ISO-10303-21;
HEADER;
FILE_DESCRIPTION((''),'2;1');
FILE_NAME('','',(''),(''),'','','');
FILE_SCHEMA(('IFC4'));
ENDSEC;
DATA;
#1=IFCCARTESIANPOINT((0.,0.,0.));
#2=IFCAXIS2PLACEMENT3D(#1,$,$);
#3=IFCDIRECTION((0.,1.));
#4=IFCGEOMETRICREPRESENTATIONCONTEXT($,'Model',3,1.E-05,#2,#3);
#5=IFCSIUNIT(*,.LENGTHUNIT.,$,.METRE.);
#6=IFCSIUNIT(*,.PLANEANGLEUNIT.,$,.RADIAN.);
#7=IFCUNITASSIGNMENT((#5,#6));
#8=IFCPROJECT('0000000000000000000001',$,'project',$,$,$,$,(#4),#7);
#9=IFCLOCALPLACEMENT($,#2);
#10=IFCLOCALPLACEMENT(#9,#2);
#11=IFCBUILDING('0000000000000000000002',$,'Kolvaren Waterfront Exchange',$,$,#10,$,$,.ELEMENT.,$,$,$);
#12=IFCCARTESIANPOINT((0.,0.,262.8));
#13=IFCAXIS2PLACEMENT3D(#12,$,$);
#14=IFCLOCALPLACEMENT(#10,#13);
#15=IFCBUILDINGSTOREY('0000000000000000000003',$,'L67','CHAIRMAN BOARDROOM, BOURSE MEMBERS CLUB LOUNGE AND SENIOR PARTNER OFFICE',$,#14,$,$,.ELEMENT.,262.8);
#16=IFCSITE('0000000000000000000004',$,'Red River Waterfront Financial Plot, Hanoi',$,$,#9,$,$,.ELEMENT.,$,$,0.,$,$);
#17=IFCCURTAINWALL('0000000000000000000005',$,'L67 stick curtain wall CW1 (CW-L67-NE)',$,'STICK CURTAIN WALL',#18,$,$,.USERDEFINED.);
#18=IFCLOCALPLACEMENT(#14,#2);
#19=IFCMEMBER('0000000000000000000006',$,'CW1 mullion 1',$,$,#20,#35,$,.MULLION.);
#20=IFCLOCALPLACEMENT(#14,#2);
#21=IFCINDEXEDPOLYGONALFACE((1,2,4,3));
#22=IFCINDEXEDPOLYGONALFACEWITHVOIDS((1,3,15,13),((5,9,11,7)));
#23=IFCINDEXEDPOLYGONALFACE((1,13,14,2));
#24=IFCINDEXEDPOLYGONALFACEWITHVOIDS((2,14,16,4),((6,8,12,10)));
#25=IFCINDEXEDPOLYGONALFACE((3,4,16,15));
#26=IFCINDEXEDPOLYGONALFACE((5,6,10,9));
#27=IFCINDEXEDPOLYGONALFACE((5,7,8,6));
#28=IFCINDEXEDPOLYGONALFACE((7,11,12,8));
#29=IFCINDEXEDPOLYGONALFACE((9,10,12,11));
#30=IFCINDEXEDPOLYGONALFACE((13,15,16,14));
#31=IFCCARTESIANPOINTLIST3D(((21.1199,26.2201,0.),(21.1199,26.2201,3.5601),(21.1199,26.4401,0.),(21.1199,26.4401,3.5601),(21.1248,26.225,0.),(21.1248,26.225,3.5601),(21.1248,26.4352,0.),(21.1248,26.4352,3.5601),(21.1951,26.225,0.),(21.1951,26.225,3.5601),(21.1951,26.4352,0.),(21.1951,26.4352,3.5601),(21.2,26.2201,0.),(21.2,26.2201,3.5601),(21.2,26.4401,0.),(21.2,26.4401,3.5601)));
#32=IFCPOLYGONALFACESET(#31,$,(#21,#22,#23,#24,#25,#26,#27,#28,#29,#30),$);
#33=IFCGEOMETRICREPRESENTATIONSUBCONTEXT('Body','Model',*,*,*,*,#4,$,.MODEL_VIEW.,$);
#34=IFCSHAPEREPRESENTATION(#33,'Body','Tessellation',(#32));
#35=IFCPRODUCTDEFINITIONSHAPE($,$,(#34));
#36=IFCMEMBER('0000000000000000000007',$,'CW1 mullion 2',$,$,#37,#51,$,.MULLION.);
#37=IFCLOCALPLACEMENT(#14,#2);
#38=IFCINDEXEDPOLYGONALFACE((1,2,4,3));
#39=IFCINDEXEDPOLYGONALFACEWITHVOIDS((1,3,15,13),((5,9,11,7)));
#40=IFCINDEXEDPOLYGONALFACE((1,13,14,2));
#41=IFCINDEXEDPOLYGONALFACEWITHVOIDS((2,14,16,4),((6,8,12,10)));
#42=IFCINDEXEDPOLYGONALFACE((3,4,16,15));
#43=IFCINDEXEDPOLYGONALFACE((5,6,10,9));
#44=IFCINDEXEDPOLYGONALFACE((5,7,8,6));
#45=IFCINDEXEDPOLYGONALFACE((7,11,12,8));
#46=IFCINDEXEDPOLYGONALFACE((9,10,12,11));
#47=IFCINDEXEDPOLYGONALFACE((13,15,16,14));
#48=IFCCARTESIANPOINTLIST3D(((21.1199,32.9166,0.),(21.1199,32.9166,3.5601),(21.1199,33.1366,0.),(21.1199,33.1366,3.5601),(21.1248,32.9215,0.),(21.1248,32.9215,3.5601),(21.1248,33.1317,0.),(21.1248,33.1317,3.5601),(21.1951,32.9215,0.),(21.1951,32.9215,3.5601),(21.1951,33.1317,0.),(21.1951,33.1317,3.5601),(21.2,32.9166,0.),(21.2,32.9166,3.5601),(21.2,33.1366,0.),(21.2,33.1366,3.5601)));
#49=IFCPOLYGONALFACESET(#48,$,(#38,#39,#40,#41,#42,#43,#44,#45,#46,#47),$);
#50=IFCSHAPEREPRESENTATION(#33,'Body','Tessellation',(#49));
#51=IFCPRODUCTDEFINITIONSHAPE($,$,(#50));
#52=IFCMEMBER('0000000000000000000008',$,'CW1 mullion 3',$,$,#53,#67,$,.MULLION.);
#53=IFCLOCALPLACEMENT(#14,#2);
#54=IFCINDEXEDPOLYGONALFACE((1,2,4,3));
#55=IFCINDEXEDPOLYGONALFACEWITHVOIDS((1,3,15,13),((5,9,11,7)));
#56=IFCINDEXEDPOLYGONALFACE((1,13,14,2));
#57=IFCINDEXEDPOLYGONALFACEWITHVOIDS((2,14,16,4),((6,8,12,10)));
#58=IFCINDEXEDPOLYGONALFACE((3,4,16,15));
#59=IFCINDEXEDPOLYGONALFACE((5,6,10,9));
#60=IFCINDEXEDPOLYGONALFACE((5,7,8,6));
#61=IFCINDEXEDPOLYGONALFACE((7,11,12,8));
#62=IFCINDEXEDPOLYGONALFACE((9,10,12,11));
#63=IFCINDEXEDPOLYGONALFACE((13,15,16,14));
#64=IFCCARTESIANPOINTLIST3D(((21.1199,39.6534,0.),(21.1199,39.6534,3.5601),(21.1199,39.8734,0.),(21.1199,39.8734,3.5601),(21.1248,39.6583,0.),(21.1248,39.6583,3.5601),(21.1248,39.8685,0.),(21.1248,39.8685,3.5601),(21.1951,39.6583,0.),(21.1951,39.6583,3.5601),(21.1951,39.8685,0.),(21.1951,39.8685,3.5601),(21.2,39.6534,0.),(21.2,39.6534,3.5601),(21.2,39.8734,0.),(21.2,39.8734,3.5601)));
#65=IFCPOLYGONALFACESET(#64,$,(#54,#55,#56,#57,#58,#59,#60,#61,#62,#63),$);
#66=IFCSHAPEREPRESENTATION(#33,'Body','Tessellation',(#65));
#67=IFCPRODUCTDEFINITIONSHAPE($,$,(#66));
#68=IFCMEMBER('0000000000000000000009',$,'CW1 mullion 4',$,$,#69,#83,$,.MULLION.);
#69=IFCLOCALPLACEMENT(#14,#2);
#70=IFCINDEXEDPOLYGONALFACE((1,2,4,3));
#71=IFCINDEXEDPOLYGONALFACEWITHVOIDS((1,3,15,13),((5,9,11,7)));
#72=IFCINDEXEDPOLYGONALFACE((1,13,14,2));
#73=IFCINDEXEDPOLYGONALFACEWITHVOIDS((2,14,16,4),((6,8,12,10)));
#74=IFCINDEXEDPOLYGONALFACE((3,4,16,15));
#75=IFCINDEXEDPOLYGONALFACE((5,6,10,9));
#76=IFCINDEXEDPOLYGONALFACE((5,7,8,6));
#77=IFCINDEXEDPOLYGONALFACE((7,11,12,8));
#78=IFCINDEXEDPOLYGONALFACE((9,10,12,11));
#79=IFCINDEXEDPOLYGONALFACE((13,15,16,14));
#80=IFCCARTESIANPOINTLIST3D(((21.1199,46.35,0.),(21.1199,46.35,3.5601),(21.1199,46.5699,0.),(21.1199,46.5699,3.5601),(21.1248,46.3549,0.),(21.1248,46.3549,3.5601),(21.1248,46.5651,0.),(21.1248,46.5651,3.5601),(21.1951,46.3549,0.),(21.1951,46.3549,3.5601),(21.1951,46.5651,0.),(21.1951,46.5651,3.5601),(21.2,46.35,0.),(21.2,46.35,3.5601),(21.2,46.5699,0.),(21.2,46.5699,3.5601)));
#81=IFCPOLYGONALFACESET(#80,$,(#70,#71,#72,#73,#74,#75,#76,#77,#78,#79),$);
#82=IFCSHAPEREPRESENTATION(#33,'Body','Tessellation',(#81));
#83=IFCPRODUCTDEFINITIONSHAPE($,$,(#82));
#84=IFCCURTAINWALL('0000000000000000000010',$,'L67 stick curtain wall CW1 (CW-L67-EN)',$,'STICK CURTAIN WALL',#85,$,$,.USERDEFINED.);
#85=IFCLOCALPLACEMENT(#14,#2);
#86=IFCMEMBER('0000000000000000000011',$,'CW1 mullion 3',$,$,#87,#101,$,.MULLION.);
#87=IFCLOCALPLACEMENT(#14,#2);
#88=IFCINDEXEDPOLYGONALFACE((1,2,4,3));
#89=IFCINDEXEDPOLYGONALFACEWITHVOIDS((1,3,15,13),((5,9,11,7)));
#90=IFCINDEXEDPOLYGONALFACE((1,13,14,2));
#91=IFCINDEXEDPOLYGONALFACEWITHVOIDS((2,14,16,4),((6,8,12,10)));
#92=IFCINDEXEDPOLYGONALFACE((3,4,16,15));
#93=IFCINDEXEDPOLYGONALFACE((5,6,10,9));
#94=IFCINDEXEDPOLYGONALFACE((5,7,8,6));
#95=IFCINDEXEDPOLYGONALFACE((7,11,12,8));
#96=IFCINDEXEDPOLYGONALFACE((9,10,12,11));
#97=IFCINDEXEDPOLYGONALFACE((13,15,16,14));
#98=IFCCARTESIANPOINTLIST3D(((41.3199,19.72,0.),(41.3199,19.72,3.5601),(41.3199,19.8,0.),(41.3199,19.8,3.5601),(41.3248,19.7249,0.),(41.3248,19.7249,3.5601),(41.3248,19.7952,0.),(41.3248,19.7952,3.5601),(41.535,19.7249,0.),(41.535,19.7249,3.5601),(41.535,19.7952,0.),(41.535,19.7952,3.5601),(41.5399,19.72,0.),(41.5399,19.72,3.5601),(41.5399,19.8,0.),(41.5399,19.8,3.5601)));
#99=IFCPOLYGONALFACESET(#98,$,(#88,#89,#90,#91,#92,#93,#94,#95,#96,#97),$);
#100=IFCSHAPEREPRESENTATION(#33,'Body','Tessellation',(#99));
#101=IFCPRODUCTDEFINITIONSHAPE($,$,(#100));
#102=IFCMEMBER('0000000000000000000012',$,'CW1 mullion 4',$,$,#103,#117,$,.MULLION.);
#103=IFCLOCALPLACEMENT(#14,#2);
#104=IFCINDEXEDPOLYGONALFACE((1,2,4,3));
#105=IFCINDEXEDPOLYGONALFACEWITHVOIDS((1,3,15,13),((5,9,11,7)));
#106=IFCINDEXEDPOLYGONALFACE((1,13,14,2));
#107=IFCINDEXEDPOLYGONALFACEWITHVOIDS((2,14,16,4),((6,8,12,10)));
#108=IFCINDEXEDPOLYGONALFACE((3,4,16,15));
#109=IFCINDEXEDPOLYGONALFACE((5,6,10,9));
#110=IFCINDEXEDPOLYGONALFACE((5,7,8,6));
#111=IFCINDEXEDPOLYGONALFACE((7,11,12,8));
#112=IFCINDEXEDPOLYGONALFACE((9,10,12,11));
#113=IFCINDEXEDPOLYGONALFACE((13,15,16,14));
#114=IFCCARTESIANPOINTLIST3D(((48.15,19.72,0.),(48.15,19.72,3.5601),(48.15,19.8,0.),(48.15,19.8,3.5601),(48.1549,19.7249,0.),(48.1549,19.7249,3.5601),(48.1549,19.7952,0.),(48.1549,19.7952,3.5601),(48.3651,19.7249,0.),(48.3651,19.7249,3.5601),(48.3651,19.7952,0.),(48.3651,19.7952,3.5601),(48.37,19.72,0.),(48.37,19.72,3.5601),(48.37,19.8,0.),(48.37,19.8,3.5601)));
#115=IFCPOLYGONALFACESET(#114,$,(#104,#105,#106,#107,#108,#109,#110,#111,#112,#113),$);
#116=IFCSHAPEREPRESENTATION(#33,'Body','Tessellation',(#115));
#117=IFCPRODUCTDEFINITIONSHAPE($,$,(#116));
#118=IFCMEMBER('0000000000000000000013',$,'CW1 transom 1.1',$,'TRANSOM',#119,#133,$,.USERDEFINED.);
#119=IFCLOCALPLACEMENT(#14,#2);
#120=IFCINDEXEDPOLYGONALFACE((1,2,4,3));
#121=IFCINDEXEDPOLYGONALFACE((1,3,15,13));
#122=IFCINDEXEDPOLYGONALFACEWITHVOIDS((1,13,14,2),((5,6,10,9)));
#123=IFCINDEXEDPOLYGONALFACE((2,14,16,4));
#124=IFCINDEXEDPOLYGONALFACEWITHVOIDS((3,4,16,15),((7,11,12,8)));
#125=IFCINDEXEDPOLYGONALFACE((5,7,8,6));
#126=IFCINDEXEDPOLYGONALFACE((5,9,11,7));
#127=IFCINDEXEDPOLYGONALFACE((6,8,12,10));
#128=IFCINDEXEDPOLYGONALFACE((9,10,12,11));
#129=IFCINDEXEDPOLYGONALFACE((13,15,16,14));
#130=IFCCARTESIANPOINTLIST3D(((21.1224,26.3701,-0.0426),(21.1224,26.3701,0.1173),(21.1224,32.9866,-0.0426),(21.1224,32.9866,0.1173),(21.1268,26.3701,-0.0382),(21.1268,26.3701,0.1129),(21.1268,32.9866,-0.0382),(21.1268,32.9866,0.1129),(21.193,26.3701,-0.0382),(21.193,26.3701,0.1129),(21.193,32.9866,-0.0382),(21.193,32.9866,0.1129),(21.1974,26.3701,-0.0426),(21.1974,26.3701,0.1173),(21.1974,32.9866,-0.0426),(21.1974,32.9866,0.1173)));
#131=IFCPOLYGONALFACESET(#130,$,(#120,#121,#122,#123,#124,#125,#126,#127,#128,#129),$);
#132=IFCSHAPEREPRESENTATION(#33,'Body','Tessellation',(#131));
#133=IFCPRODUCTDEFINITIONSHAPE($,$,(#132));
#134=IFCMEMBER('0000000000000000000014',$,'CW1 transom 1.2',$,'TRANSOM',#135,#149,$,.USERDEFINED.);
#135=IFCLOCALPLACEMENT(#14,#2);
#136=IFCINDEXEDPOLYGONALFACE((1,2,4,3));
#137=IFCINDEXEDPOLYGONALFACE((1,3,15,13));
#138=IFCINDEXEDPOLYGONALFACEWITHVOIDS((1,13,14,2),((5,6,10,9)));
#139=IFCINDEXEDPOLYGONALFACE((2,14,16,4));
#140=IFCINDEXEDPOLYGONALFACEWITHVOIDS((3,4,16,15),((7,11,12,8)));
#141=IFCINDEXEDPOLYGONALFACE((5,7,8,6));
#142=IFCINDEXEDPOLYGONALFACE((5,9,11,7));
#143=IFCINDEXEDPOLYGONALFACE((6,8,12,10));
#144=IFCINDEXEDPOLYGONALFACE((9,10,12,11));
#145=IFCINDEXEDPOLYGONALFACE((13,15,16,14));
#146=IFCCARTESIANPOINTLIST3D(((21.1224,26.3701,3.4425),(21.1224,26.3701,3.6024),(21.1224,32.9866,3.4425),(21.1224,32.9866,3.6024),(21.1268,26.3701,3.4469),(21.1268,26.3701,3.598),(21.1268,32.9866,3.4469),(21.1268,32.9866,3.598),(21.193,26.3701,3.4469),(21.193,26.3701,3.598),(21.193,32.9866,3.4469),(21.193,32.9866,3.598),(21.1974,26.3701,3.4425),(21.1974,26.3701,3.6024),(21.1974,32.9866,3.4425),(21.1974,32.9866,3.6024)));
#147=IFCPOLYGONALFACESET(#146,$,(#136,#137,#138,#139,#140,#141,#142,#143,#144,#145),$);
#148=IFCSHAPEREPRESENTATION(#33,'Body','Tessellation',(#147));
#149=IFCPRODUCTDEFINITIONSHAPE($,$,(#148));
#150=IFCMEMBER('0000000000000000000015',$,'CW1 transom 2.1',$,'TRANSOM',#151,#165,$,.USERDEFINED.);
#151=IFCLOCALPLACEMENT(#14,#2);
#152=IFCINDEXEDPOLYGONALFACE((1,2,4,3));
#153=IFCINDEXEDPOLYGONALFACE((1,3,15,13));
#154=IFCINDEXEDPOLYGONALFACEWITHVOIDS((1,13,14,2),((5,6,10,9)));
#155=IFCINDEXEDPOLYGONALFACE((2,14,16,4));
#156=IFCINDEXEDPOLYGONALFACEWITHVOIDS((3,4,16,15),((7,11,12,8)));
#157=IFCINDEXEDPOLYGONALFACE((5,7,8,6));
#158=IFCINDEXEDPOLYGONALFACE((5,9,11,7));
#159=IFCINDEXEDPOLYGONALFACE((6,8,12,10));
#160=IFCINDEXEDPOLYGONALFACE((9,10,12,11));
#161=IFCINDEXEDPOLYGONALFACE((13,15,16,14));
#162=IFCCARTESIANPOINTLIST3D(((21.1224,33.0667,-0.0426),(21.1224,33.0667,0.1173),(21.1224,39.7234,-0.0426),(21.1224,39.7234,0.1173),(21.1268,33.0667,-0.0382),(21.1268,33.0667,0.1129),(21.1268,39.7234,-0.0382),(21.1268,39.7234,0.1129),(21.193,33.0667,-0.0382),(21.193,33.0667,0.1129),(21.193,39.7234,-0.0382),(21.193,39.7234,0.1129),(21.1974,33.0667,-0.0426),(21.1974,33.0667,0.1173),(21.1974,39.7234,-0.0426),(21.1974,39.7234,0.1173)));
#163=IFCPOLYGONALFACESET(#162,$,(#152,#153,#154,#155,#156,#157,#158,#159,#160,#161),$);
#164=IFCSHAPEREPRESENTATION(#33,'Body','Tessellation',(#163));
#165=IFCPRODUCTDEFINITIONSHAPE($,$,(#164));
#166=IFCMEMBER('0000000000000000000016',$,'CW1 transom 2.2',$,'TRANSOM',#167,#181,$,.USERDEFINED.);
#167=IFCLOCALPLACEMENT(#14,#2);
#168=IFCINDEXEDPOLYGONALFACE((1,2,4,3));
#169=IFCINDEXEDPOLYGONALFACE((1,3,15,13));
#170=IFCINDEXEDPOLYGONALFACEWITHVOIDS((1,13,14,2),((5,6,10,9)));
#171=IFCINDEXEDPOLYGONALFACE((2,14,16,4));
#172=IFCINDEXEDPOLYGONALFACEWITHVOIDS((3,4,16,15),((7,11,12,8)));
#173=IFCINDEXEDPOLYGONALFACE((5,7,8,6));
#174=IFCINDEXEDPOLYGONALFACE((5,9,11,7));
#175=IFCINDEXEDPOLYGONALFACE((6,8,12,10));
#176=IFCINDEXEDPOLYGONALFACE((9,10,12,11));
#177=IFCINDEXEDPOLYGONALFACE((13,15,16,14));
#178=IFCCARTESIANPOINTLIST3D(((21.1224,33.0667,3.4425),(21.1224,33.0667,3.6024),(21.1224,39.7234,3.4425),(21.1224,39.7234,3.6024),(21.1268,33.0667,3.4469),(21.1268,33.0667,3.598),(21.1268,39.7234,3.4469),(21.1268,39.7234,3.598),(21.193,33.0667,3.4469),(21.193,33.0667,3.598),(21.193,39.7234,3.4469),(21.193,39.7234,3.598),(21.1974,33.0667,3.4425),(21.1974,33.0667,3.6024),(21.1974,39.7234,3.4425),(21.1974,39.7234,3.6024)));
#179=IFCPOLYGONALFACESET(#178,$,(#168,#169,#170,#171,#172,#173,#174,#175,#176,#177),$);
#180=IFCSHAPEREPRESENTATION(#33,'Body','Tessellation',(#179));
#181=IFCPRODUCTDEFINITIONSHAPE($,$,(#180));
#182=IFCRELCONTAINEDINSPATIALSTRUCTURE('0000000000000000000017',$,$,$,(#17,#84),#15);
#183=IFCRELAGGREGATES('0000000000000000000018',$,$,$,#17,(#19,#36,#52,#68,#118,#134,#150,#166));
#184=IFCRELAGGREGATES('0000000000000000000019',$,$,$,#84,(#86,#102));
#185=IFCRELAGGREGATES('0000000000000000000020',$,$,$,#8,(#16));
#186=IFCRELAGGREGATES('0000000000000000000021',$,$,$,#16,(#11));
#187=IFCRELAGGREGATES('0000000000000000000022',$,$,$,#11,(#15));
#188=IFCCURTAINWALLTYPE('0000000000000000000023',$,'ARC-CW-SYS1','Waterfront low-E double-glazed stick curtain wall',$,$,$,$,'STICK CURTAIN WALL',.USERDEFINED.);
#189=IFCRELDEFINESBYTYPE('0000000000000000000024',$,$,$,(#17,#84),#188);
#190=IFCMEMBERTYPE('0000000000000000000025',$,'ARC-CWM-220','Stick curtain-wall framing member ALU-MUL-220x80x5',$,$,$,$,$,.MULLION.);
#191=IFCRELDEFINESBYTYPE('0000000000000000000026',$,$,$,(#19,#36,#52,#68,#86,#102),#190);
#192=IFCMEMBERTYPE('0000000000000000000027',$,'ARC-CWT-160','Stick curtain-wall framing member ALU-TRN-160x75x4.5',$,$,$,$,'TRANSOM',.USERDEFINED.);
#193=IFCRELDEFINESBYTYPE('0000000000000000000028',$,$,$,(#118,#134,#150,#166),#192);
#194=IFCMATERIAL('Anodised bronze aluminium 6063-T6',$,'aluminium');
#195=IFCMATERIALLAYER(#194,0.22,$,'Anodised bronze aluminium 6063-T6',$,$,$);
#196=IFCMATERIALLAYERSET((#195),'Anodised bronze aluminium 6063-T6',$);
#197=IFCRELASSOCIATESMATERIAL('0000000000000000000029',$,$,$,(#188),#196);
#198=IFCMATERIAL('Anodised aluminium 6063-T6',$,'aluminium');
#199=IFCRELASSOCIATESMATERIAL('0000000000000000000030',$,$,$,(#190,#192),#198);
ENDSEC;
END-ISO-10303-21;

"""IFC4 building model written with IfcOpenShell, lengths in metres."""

from ifc_helpers import new_model, si_unit, direction, frame, origin, origin_with_axes, origin_2d, place, context, subcontext, project, spatial, hollow_rectangle, extrude, source, transform, mapped, material, layer, layer_set, material_profile, profile_set, type_object, element, aggregate, save


model = new_model("IFC4")

# Units and contexts
model_context = context("Model", 3, precision=1e-05, world=origin(), true_north=direction((0.0, 1.0)))
body_context = subcontext(model_context, "Body", "Model", "MODEL_VIEW")
ifc_project = project(units=[si_unit("LENGTHUNIT", "METRE"), si_unit("PLANEANGLEUNIT", "RADIAN")], contexts=[model_context])

# Site, building, storey
site_placement = place(None, origin())
site = spatial("IfcSite", under=ifc_project, at=site_placement, Name="Red River Waterfront Financial Plot, Hanoi", CompositionType="ELEMENT", RefElevation=0.0)
building_placement = place(site_placement, origin())
building = spatial("IfcBuilding", under=site, at=building_placement, Name="Kolvaren Waterfront Exchange", CompositionType="ELEMENT")
storey_placement = place(building_placement, frame((0.0, 0.0, 262.8)))
storey = spatial("IfcBuildingStorey", under=building, at=storey_placement, Name="L67", Description="CHAIRMAN BOARDROOM, BOURSE MEMBERS CLUB LOUNGE AND SENIOR PARTNER OFFICE", CompositionType="ELEMENT", Elevation=262.8)

# Curtain walls, members
ifc_material_1 = material(Name="Anodised bronze aluminium 6063-T6", Category="aluminium")
ifc_layer_1 = layer(ifc_material_1, 0.22, Name="Anodised bronze aluminium 6063-T6")
ifc_layer_set_1 = layer_set([ifc_layer_1], Name="Anodised bronze aluminium 6063-T6")
curtain_wall_type = type_object("IfcCurtainWallType", Name="ARC-CW-SYS1", Description="Waterfront low-E double-glazed stick curtain wall", ElementType="STICK CURTAIN WALL", PredefinedType="USERDEFINED", material=ifc_layer_set_1)
curtain_wall_1_placement = place(storey_placement, origin())
curtain_wall_1 = element("IfcCurtainWall", 1, at=curtain_wall_1_placement, inside=storey, type_object=curtain_wall_type, Name="L67 stick curtain wall CW1 (CW-L67-NE)", ObjectType="STICK CURTAIN WALL", PredefinedType="USERDEFINED")
ifc_material_2 = material(Name="Anodised aluminium 6063-T6", Category="aluminium")
ifc_material_profile_1 = material_profile(ifc_material_2, hollow_rectangle(XDim=0.0801, YDim=0.22, WallThickness=0.0049, at=origin_2d()), Name="ALU-MUL-220x80x5")
ifc_profile_set_1 = profile_set([ifc_material_profile_1], Name="Anodised aluminium 6063-T6")
member_type_1 = type_object("IfcMemberType", Name="ARC-CWM-220", Description="Stick curtain-wall framing member ALU-MUL-220x80x5", PredefinedType="MULLION", material=ifc_profile_set_1)
shared_shape_1 = source(origin_with_axes(), body_context, "Body", "SweptSolid", [
    extrude(hollow_rectangle(XDim=0.0801, YDim=0.22, WallThickness=0.0049, at=origin_2d()), origin(), (0.0, 0.0, 1.0), 3.5601),
])
member_1_placement = place(storey_placement, frame((21.1599, 26.3301, 0.0), z_axis=(0.0, 0.0, 1.0), x_axis=(-1.0, 0.0, 0.0)))
member_1 = element("IfcMember", 2, at=member_1_placement, type_object=member_type_1, Name="CW1 mullion 1", PredefinedType="MULLION", context=body_context, shape_type="MappedRepresentation", body=[
    mapped(shared_shape_1, transform((0.0, 0.0, 0.0), x_axis=(1.0, 0.0, 0.0), y_axis=(0.0, 1.0, 0.0), z_axis=(0.0, 0.0, 1.0), scale=1.0)),
])
member_2_placement = place(storey_placement, frame((21.1599, 33.0266, 0.0), z_axis=(0.0, 0.0, 1.0), x_axis=(-1.0, 0.0, 0.0)))
member_2 = element("IfcMember", 3, at=member_2_placement, type_object=member_type_1, Name="CW1 mullion 2", PredefinedType="MULLION", context=body_context, shape_type="MappedRepresentation", body=[
    mapped(shared_shape_1, transform((0.0, 0.0, 0.0), x_axis=(1.0, 0.0, 0.0), y_axis=(0.0, 1.0, 0.0), z_axis=(0.0, 0.0, 1.0), scale=1.0)),
])
member_3_placement = place(storey_placement, frame((21.1599, 39.7634, 0.0), z_axis=(0.0, 0.0, 1.0), x_axis=(-1.0, 0.0, 0.0)))
member_3 = element("IfcMember", 4, at=member_3_placement, type_object=member_type_1, Name="CW1 mullion 3", PredefinedType="MULLION", context=body_context, shape_type="MappedRepresentation", body=[
    mapped(shared_shape_1, transform((0.0, 0.0, 0.0), x_axis=(1.0, 0.0, 0.0), y_axis=(0.0, 1.0, 0.0), z_axis=(0.0, 0.0, 1.0), scale=1.0)),
])
member_4_placement = place(storey_placement, frame((21.1599, 46.46, 0.0), z_axis=(0.0, 0.0, 1.0), x_axis=(-1.0, 0.0, 0.0)))
member_4 = element("IfcMember", 5, at=member_4_placement, type_object=member_type_1, Name="CW1 mullion 4", PredefinedType="MULLION", context=body_context, shape_type="MappedRepresentation", body=[
    mapped(shared_shape_1, transform((0.0, 0.0, 0.0), x_axis=(1.0, 0.0, 0.0), y_axis=(0.0, 1.0, 0.0), z_axis=(0.0, 0.0, 1.0), scale=1.0)),
])
curtain_wall_2_placement = place(storey_placement, origin())
curtain_wall_2 = element("IfcCurtainWall", 6, at=curtain_wall_2_placement, inside=storey, type_object=curtain_wall_type, Name="L67 stick curtain wall CW1 (CW-L67-EN)", ObjectType="STICK CURTAIN WALL", PredefinedType="USERDEFINED")
member_5_placement = place(storey_placement, frame((41.4299, 19.76, 0.0), z_axis=(0.0, 0.0, 1.0), x_axis=(0.0, 1.0, 0.0)))
member_5 = element("IfcMember", 7, at=member_5_placement, type_object=member_type_1, Name="CW1 mullion 3", PredefinedType="MULLION", context=body_context, shape_type="MappedRepresentation", body=[
    mapped(shared_shape_1, transform((0.0, 0.0, 0.0), x_axis=(1.0, 0.0, 0.0), y_axis=(0.0, 1.0, 0.0), z_axis=(0.0, 0.0, 1.0), scale=1.0)),
])
member_6_placement = place(storey_placement, frame((48.26, 19.76, 0.0), z_axis=(0.0, 0.0, 1.0), x_axis=(0.0, 1.0, 0.0)))
member_6 = element("IfcMember", 8, at=member_6_placement, type_object=member_type_1, Name="CW1 mullion 4", PredefinedType="MULLION", context=body_context, shape_type="MappedRepresentation", body=[
    mapped(shared_shape_1, transform((0.0, 0.0, 0.0), x_axis=(1.0, 0.0, 0.0), y_axis=(0.0, 1.0, 0.0), z_axis=(0.0, 0.0, 1.0), scale=1.0)),
])

# Members
ifc_material_profile_2 = material_profile(ifc_material_2, hollow_rectangle(XDim=0.075, YDim=0.1599, WallThickness=0.0044, at=origin_2d()), Name="ALU-TRN-160x75x4.5")
ifc_profile_set_2 = profile_set([ifc_material_profile_2], Name="Anodised aluminium 6063-T6")
member_type_2 = type_object("IfcMemberType", Name="ARC-CWT-160", Description="Stick curtain-wall framing member ALU-TRN-160x75x4.5", ElementType="TRANSOM", PredefinedType="USERDEFINED", material=ifc_profile_set_2)
shared_shape_2 = source(origin_with_axes(), body_context, "Body", "SweptSolid", [
    extrude(hollow_rectangle(XDim=0.075, YDim=0.1599, WallThickness=0.0044, at=origin_2d()), origin(), (0.0, 0.0, 1.0), 6.6165),
])
member_7_placement = place(storey_placement, frame((21.1599, 26.3701, 0.0374), z_axis=(0.0, 1.0, 0.0), x_axis=(-1.0, 0.0, 0.0)))
member_7 = element("IfcMember", 9, at=member_7_placement, type_object=member_type_2, Name="CW1 transom 1.1", ObjectType="TRANSOM", PredefinedType="USERDEFINED", context=body_context, shape_type="MappedRepresentation", body=[
    mapped(shared_shape_2, transform((0.0, 0.0, 0.0), x_axis=(1.0, 0.0, 0.0), y_axis=(0.0, 1.0, 0.0), z_axis=(0.0, 0.0, 1.0), scale=1.0)),
])
member_8_placement = place(storey_placement, frame((21.1599, 26.3701, 3.5225), z_axis=(0.0, 1.0, 0.0), x_axis=(-1.0, 0.0, 0.0)))
member_8 = element("IfcMember", 10, at=member_8_placement, type_object=member_type_2, Name="CW1 transom 1.2", ObjectType="TRANSOM", PredefinedType="USERDEFINED", context=body_context, shape_type="MappedRepresentation", body=[
    mapped(shared_shape_2, transform((0.0, 0.0, 0.0), x_axis=(1.0, 0.0, 0.0), y_axis=(0.0, 1.0, 0.0), z_axis=(0.0, 0.0, 1.0), scale=1.0)),
])
shared_shape_3 = source(origin_with_axes(), body_context, "Body", "SweptSolid", [
    extrude(hollow_rectangle(XDim=0.075, YDim=0.1599, WallThickness=0.0044, at=origin_2d()), origin(), (0.0, 0.0, 1.0), 6.6567),
])
member_9_placement = place(storey_placement, frame((21.1599, 33.0667, 0.0374), z_axis=(0.0, 1.0, 0.0), x_axis=(-1.0, 0.0, 0.0)))
member_9 = element("IfcMember", 11, at=member_9_placement, type_object=member_type_2, Name="CW1 transom 2.1", ObjectType="TRANSOM", PredefinedType="USERDEFINED", context=body_context, shape_type="MappedRepresentation", body=[
    mapped(shared_shape_3, transform((0.0, 0.0, 0.0), x_axis=(1.0, 0.0, 0.0), y_axis=(0.0, 1.0, 0.0), z_axis=(0.0, 0.0, 1.0), scale=1.0)),
])
member_10_placement = place(storey_placement, frame((21.1599, 33.0667, 3.5225), z_axis=(0.0, 1.0, 0.0), x_axis=(-1.0, 0.0, 0.0)))
member_10 = element("IfcMember", 12, at=member_10_placement, type_object=member_type_2, Name="CW1 transom 2.2", ObjectType="TRANSOM", PredefinedType="USERDEFINED", context=body_context, shape_type="MappedRepresentation", body=[
    mapped(shared_shape_3, transform((0.0, 0.0, 0.0), x_axis=(1.0, 0.0, 0.0), y_axis=(0.0, 1.0, 0.0), z_axis=(0.0, 0.0, 1.0), scale=1.0)),
])

aggregate(curtain_wall_1, [member_1, member_2, member_3, member_4, member_7, member_8, member_9, member_10])
aggregate(curtain_wall_2, [member_5, member_6])

save(model, "model.ifc")
